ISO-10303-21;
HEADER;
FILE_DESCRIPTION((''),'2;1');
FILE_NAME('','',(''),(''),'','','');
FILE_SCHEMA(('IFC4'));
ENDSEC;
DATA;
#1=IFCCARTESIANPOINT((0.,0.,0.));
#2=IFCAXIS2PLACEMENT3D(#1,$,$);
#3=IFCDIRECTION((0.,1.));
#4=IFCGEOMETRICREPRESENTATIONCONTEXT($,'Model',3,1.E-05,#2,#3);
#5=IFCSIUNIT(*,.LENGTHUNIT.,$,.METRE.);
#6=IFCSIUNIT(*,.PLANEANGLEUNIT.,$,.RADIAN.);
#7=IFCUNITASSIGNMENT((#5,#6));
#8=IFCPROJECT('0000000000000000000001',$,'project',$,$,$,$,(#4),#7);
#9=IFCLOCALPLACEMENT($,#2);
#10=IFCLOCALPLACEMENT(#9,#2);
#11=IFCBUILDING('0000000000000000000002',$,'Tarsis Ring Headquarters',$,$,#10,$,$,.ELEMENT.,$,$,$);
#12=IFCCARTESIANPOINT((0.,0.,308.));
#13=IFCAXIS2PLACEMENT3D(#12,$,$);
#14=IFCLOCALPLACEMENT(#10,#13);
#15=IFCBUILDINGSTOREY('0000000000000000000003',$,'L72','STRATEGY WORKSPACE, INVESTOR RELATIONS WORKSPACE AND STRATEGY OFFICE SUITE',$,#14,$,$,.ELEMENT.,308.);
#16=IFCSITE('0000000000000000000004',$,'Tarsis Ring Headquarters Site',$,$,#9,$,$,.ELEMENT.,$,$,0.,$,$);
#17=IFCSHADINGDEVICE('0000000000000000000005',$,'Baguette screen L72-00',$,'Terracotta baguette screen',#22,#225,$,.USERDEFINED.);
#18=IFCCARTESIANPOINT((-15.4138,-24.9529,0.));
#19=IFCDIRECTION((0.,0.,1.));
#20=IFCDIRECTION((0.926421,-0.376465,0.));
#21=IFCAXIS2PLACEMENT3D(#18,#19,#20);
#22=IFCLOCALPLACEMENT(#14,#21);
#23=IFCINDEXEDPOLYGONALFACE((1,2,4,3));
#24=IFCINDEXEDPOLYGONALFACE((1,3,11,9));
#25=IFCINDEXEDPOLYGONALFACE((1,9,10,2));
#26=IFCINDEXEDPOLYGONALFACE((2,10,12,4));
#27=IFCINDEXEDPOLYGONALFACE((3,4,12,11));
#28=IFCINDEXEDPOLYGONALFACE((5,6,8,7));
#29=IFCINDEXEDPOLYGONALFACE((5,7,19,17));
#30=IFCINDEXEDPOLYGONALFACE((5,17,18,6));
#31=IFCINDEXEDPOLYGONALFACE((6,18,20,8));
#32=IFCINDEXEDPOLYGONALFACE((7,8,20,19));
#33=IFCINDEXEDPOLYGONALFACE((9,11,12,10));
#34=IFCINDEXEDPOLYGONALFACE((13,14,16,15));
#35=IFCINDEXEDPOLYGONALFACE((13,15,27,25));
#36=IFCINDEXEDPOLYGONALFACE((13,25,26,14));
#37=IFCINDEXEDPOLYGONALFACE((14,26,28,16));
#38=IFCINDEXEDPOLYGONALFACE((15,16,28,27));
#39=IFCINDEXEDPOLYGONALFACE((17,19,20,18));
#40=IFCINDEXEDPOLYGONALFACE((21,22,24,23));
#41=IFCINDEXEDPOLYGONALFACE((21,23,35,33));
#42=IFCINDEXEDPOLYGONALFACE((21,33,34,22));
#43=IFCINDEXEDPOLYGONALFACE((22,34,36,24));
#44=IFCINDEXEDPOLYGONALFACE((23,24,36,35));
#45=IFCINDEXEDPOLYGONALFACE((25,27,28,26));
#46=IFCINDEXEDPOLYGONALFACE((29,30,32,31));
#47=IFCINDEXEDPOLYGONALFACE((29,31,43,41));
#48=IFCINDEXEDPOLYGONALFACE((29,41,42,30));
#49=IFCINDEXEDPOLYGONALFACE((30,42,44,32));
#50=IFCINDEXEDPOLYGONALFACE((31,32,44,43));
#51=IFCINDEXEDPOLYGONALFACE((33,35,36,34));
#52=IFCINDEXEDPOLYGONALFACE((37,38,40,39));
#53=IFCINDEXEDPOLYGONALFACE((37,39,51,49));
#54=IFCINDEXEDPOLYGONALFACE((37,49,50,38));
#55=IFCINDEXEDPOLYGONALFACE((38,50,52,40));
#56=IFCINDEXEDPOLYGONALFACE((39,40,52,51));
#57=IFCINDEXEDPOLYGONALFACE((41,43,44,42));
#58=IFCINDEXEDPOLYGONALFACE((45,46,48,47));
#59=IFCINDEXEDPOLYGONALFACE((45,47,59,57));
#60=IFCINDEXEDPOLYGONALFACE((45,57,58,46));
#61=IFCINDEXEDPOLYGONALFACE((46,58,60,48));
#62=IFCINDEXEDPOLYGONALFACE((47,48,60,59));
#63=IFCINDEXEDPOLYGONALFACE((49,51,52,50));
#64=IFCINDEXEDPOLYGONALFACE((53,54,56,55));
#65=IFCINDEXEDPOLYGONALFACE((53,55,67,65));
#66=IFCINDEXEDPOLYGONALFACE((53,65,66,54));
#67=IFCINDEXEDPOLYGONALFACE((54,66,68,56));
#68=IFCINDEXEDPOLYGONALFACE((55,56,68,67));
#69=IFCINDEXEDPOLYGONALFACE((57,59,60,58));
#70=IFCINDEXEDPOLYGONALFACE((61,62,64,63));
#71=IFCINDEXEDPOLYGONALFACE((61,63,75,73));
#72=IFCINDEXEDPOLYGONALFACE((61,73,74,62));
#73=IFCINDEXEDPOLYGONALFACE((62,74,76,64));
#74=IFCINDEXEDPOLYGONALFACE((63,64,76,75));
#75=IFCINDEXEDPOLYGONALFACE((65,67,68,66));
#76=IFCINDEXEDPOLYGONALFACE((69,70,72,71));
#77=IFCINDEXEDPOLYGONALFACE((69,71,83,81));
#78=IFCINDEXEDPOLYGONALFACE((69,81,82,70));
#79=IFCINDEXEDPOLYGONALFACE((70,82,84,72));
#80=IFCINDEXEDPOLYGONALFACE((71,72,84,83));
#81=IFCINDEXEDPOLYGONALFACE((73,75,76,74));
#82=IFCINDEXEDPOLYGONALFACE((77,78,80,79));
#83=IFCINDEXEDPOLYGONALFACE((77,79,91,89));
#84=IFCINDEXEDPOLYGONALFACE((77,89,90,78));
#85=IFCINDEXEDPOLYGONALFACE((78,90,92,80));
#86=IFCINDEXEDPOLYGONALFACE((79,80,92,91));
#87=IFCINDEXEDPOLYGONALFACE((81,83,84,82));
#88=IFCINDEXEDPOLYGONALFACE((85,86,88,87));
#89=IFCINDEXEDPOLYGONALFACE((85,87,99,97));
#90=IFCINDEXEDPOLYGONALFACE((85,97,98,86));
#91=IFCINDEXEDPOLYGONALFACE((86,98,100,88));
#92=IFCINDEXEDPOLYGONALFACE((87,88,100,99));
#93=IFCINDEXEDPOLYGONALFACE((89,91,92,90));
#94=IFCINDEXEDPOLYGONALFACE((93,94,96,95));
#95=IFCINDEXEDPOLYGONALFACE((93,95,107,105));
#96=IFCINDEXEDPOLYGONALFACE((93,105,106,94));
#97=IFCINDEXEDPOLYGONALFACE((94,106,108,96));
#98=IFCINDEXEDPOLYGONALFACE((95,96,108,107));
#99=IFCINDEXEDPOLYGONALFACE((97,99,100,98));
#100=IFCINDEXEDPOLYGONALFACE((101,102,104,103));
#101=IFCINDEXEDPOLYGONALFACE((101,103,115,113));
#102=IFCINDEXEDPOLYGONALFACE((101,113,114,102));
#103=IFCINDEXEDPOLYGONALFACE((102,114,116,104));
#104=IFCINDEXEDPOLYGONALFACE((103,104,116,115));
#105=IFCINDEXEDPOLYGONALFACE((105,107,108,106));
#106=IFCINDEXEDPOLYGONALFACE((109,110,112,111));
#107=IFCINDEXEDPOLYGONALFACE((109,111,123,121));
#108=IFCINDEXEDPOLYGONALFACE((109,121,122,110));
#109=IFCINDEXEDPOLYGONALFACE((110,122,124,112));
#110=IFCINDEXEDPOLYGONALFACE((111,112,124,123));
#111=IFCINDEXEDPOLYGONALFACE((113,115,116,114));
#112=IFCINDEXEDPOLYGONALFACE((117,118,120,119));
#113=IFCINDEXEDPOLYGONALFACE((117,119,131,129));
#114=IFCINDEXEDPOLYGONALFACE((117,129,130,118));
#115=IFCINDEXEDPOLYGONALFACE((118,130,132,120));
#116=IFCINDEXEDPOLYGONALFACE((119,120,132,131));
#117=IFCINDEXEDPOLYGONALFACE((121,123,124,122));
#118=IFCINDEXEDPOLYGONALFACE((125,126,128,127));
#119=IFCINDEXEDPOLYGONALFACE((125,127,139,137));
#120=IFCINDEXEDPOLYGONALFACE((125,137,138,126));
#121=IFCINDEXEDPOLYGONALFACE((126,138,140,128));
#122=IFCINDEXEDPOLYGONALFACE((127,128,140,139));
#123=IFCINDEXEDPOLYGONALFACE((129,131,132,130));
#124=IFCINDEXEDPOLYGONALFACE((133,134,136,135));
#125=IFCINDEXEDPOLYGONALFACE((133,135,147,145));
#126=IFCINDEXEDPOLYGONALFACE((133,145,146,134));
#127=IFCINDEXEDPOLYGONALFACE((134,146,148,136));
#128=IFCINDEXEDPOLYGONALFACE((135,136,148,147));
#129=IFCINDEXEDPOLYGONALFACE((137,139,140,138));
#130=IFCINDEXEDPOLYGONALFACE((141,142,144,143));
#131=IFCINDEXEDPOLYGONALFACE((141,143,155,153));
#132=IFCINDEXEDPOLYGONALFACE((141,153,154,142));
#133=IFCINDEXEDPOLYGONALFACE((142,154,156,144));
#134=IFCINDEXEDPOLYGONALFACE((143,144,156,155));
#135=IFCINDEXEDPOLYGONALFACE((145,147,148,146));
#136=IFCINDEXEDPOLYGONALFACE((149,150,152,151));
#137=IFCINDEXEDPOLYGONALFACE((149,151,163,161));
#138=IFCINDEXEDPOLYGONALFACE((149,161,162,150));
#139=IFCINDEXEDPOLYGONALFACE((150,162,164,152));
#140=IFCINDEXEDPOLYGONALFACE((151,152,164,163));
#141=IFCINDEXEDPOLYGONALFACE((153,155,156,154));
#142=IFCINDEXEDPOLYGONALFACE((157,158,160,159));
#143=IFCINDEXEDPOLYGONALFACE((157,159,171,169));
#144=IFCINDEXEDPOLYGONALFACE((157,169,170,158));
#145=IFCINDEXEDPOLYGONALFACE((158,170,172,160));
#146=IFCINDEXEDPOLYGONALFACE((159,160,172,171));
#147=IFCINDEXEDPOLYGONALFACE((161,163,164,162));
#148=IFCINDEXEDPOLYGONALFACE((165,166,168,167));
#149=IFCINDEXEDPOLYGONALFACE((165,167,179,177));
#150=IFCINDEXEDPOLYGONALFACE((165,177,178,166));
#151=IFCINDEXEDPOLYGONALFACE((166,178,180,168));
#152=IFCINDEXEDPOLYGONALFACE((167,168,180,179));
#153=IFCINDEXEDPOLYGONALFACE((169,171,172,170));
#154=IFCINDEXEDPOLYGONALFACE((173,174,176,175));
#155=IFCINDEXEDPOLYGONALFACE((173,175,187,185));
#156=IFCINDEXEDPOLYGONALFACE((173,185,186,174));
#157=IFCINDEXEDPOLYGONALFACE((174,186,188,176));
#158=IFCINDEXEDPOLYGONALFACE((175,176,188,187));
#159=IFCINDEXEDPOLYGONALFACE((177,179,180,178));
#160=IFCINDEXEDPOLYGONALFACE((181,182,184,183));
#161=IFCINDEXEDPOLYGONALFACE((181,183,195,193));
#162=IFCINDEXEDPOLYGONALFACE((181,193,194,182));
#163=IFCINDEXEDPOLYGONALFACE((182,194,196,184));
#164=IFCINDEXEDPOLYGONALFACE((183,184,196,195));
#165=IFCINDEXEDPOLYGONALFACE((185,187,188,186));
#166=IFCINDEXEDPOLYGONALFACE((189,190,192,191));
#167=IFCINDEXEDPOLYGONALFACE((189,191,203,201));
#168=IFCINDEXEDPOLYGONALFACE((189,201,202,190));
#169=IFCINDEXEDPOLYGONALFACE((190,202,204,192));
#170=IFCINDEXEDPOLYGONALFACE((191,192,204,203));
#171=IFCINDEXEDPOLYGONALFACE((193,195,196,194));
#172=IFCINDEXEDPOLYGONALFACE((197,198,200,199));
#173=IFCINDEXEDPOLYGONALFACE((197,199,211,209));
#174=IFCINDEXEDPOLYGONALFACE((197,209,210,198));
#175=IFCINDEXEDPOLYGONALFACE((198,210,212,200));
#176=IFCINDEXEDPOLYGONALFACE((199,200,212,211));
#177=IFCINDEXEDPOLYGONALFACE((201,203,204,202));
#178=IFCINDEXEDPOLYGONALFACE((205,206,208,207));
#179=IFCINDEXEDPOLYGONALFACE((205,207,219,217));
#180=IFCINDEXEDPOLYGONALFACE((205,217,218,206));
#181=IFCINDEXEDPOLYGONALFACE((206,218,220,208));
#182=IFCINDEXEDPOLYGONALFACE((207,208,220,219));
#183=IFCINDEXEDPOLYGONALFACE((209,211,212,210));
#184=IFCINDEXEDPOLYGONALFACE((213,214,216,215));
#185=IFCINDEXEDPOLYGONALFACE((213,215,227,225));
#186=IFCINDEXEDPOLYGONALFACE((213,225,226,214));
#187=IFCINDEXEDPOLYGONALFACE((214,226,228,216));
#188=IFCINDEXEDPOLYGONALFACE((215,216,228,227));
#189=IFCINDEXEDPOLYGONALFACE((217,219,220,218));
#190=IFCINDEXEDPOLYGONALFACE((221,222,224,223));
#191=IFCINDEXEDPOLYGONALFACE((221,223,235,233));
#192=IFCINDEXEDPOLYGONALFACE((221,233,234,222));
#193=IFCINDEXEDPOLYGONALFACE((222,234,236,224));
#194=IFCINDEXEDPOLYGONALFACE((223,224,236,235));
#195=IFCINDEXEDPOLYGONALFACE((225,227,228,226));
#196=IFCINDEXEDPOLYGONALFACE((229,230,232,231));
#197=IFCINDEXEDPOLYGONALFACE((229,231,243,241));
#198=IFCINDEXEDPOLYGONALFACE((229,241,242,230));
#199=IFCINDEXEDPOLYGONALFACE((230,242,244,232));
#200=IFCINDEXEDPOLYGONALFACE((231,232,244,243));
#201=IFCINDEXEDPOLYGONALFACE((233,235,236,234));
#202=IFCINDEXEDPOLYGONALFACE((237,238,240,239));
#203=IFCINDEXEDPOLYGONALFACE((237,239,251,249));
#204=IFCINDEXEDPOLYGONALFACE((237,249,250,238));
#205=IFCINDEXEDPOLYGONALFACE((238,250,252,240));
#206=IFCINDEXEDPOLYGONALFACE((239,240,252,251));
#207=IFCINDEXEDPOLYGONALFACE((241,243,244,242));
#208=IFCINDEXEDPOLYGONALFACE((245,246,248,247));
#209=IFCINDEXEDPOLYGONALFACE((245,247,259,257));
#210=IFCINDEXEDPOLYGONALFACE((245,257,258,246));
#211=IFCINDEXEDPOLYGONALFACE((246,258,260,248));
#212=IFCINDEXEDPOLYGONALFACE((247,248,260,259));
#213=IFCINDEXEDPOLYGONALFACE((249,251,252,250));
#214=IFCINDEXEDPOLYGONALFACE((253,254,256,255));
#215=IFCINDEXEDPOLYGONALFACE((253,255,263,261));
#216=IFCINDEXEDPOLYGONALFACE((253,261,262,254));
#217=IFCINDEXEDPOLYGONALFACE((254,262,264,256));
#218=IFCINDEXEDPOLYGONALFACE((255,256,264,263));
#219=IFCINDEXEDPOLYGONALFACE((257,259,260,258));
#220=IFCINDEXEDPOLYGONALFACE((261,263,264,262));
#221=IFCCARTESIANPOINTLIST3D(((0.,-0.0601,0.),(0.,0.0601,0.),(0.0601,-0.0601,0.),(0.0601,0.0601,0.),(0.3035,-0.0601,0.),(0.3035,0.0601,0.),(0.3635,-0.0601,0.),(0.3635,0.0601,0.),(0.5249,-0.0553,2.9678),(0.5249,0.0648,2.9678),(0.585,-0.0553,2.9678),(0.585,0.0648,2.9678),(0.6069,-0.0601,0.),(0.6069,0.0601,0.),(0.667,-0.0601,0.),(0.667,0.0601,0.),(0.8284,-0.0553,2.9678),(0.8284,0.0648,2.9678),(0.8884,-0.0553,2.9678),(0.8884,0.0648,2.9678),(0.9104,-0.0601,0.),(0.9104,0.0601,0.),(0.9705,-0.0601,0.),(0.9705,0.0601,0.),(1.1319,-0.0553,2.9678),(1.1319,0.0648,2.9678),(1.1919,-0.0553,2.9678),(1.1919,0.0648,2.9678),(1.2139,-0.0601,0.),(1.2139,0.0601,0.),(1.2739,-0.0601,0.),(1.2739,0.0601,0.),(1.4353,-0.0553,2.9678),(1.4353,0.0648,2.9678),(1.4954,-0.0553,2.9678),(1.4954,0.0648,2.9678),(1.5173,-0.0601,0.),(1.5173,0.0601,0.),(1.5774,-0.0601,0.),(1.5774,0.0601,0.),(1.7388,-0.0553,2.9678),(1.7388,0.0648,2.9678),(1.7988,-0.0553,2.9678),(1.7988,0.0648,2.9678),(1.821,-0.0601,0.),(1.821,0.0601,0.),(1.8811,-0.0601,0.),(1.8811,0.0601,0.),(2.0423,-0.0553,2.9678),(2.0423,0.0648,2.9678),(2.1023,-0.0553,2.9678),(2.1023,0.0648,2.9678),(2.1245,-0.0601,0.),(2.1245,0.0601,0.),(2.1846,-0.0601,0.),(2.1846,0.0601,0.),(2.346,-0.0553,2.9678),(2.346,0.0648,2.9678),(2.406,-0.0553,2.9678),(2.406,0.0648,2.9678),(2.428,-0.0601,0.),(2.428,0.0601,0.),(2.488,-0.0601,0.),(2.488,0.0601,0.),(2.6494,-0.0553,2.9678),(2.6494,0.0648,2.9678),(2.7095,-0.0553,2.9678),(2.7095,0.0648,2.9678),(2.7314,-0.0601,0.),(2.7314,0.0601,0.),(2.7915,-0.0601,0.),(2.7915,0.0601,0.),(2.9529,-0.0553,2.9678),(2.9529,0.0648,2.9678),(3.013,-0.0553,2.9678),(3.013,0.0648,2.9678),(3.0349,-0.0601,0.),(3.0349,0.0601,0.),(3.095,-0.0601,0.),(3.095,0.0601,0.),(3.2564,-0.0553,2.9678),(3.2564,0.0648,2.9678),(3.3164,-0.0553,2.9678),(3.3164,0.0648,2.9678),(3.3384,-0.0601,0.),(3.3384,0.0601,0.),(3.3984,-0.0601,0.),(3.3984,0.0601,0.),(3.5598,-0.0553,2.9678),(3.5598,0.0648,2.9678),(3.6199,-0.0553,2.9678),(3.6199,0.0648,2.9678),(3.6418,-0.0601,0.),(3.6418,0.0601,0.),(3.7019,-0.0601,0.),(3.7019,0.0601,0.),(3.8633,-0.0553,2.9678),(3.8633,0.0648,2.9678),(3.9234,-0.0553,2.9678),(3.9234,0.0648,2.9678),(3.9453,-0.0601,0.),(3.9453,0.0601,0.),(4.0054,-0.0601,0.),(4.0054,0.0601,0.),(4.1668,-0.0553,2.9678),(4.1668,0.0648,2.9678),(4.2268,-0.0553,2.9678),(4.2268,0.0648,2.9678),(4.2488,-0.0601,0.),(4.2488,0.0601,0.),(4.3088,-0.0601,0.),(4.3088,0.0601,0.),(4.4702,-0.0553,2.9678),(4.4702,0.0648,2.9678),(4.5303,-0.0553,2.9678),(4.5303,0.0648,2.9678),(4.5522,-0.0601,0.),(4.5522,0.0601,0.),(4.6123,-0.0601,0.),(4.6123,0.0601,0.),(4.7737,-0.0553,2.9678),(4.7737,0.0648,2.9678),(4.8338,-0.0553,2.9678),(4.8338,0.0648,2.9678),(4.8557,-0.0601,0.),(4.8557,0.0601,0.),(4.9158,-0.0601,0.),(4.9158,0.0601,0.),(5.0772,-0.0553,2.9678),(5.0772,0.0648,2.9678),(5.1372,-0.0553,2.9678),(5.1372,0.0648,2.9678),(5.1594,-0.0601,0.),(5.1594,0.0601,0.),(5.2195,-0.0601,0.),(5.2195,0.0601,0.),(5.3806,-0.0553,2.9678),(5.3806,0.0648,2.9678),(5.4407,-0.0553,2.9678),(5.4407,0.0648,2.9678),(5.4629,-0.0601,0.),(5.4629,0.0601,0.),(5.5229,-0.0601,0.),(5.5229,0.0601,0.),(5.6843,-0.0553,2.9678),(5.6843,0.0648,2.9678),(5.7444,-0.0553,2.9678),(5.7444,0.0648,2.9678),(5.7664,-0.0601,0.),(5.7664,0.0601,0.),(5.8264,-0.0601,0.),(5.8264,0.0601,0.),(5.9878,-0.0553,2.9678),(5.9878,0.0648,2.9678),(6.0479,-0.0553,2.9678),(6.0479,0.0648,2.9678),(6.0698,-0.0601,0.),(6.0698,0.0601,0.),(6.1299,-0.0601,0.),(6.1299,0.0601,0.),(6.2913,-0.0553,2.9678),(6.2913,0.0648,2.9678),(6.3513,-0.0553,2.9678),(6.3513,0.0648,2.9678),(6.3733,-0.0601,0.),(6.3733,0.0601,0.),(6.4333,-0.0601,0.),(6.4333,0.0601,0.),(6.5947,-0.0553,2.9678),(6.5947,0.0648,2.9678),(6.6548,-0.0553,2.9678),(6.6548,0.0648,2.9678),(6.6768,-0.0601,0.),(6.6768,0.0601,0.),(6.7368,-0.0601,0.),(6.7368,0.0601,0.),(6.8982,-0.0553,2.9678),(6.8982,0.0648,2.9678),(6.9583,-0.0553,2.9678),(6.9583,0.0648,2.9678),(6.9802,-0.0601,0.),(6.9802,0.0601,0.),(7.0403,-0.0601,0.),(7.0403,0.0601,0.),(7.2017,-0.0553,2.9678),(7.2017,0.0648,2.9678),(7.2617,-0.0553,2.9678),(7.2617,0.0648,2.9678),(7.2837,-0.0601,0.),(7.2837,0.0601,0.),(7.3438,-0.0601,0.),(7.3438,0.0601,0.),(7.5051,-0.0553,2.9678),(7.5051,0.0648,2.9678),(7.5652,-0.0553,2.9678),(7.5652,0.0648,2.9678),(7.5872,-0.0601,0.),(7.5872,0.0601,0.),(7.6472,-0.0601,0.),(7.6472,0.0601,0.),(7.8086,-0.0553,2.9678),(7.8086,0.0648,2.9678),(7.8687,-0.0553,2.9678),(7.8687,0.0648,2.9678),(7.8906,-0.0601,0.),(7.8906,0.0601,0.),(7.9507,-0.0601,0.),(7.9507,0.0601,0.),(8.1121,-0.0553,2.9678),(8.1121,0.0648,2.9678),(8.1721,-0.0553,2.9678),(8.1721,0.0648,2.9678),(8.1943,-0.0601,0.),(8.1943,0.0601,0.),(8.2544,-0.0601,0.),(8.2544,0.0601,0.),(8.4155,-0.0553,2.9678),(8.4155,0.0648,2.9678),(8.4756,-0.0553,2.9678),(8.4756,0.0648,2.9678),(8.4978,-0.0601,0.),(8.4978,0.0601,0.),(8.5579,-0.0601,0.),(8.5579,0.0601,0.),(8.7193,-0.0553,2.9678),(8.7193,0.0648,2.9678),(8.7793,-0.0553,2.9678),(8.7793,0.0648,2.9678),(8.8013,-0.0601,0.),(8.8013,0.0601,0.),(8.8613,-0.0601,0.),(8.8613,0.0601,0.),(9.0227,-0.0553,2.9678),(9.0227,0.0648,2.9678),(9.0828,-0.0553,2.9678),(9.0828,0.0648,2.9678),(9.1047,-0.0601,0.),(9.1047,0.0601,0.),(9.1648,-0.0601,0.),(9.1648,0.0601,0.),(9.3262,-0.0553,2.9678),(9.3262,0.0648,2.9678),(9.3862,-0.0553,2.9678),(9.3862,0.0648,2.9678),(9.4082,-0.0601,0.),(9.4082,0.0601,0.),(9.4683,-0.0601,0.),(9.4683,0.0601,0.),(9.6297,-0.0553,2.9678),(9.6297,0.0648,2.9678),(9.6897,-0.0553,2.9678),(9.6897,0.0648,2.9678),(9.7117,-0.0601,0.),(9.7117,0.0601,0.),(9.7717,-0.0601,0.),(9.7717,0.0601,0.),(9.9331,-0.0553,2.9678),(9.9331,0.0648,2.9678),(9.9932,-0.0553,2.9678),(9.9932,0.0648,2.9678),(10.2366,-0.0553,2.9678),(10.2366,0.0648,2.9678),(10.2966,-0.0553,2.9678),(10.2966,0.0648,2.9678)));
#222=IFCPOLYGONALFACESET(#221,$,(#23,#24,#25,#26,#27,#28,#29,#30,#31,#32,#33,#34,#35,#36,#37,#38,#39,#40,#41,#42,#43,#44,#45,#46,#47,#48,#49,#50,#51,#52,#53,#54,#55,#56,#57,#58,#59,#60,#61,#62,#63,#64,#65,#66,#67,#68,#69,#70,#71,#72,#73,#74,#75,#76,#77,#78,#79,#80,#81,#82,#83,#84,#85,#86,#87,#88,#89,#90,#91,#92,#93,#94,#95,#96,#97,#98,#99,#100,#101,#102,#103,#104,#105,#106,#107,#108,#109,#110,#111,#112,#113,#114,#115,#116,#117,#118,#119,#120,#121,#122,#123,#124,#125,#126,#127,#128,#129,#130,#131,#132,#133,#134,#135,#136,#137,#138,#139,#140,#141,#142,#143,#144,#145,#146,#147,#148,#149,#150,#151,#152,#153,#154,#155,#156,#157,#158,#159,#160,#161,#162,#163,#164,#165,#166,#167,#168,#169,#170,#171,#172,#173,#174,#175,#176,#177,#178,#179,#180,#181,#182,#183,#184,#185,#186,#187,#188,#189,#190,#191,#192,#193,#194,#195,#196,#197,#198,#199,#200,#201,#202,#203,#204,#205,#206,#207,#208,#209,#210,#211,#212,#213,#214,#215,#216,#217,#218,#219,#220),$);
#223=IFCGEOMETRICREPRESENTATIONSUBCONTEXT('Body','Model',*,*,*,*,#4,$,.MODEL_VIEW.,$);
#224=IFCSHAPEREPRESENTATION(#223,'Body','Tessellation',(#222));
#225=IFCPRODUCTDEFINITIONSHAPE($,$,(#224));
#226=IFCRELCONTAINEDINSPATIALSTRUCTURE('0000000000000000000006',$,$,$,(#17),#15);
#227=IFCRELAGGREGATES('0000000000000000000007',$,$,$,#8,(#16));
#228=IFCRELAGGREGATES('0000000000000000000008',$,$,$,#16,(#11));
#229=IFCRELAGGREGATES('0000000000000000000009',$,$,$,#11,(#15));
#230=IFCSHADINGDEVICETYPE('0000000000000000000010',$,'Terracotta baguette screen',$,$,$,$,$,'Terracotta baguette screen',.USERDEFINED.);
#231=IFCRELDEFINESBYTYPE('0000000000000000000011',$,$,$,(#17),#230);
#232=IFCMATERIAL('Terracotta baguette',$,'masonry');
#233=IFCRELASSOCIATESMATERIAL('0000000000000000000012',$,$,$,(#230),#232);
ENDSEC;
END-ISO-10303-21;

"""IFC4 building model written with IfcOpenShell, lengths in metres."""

from ifc_helpers import new_model, si_unit, direction, frame, frame_2d, origin, place, context, subcontext, project, spatial, rectangle, composite_profile, extrude, material, type_object, element, save


model = new_model("IFC4")

# Units and contexts
model_context = context("Model", 3, precision=1e-05, world=origin(), true_north=direction((0.0, 1.0)))
body_context = subcontext(model_context, "Body", "Model", "MODEL_VIEW")
ifc_project = project(units=[si_unit("LENGTHUNIT", "METRE"), si_unit("PLANEANGLEUNIT", "RADIAN")], contexts=[model_context])

# Site, building, storey
site_placement = place(None, origin())
site = spatial("IfcSite", under=ifc_project, at=site_placement, Name="Tarsis Ring Headquarters Site", CompositionType="ELEMENT", RefElevation=0.0)
building_placement = place(site_placement, origin())
building = spatial("IfcBuilding", under=site, at=building_placement, Name="Tarsis Ring Headquarters", CompositionType="ELEMENT")
storey_placement = place(building_placement, frame((0.0, 0.0, 308.0)))
storey = spatial("IfcBuildingStorey", under=building, at=storey_placement, Name="L72", Description="STRATEGY WORKSPACE, INVESTOR RELATIONS WORKSPACE AND STRATEGY OFFICE SUITE", CompositionType="ELEMENT", Elevation=308.0)

# Shading device
ifc_material_1 = material(Name="Terracotta baguette", Category="masonry")
shading_device_type = type_object("IfcShadingDeviceType", Name="Terracotta baguette screen", ElementType="Terracotta baguette screen", PredefinedType="USERDEFINED", material=ifc_material_1)
shading_device_placement = place(storey_placement, frame((-15.4138, -24.9529, 0.0), z_axis=(0.0, 0.0, 1.0), x_axis=(0.926421, -0.376465, 0.0)))
element("IfcShadingDevice", 1, at=shading_device_placement, inside=storey, type_object=shading_device_type, Name="Baguette screen L72-00", ObjectType="Terracotta baguette screen", PredefinedType="USERDEFINED", context=body_context, shape_type="SweptSolid", body=[
    extrude(composite_profile([rectangle(XDim=0.0601, YDim=0.1201, at=frame_2d((0.03, 0.0))), rectangle(XDim=0.0601, YDim=0.1201, at=frame_2d((0.3335, 0.0))), rectangle(XDim=0.0601, YDim=0.1201, at=frame_2d((0.637, 0.0))), rectangle(XDim=0.0601, YDim=0.1201, at=frame_2d((0.9404, 0.0))), rectangle(XDim=0.0601, YDim=0.1201, at=frame_2d((1.2439, 0.0))), rectangle(XDim=0.0601, YDim=0.1201, at=frame_2d((1.5474, 0.0))), rectangle(XDim=0.0601, YDim=0.1201, at=frame_2d((1.8511, 0.0))), rectangle(XDim=0.0601, YDim=0.1201, at=frame_2d((2.1545, 0.0))), rectangle(XDim=0.0601, YDim=0.1201, at=frame_2d((2.458, 0.0))), rectangle(XDim=0.0601, YDim=0.1201, at=frame_2d((2.7615, 0.0))), rectangle(XDim=0.0601, YDim=0.1201, at=frame_2d((3.0649, 0.0))), rectangle(XDim=0.0601, YDim=0.1201, at=frame_2d((3.3684, 0.0))), rectangle(XDim=0.0601, YDim=0.1201, at=frame_2d((3.6719, 0.0))), rectangle(XDim=0.0601, YDim=0.1201, at=frame_2d((3.9753, 0.0))), rectangle(XDim=0.0601, YDim=0.1201, at=frame_2d((4.2788, 0.0))), rectangle(XDim=0.0601, YDim=0.1201, at=frame_2d((4.5823, 0.0))), rectangle(XDim=0.0601, YDim=0.1201, at=frame_2d((4.8857, 0.0))), rectangle(XDim=0.0601, YDim=0.1201, at=frame_2d((5.1895, 0.0))), rectangle(XDim=0.0601, YDim=0.1201, at=frame_2d((5.4929, 0.0))), rectangle(XDim=0.0601, YDim=0.1201, at=frame_2d((5.7964, 0.0))), rectangle(XDim=0.0601, YDim=0.1201, at=frame_2d((6.0999, 0.0))), rectangle(XDim=0.0601, YDim=0.1201, at=frame_2d((6.4033, 0.0))), rectangle(XDim=0.0601, YDim=0.1201, at=frame_2d((6.7068, 0.0))), rectangle(XDim=0.0601, YDim=0.1201, at=frame_2d((7.0103, 0.0))), rectangle(XDim=0.0601, YDim=0.1201, at=frame_2d((7.3137, 0.0))), rectangle(XDim=0.0601, YDim=0.1201, at=frame_2d((7.6172, 0.0))), rectangle(XDim=0.0601, YDim=0.1201, at=frame_2d((7.9207, 0.0))), rectangle(XDim=0.0601, YDim=0.1201, at=frame_2d((8.2244, 0.0))), rectangle(XDim=0.0601, YDim=0.1201, at=frame_2d((8.5278, 0.0))), rectangle(XDim=0.0601, YDim=0.1201, at=frame_2d((8.8313, 0.0))), rectangle(XDim=0.0601, YDim=0.1201, at=frame_2d((9.1348, 0.0))), rectangle(XDim=0.0601, YDim=0.1201, at=frame_2d((9.4382, 0.0))), rectangle(XDim=0.0601, YDim=0.1201, at=frame_2d((9.7417, 0.0)))]), origin(), (0.174164, 0.001581, 0.984715), 3.0139),
])

save(model, "model.ifc")
